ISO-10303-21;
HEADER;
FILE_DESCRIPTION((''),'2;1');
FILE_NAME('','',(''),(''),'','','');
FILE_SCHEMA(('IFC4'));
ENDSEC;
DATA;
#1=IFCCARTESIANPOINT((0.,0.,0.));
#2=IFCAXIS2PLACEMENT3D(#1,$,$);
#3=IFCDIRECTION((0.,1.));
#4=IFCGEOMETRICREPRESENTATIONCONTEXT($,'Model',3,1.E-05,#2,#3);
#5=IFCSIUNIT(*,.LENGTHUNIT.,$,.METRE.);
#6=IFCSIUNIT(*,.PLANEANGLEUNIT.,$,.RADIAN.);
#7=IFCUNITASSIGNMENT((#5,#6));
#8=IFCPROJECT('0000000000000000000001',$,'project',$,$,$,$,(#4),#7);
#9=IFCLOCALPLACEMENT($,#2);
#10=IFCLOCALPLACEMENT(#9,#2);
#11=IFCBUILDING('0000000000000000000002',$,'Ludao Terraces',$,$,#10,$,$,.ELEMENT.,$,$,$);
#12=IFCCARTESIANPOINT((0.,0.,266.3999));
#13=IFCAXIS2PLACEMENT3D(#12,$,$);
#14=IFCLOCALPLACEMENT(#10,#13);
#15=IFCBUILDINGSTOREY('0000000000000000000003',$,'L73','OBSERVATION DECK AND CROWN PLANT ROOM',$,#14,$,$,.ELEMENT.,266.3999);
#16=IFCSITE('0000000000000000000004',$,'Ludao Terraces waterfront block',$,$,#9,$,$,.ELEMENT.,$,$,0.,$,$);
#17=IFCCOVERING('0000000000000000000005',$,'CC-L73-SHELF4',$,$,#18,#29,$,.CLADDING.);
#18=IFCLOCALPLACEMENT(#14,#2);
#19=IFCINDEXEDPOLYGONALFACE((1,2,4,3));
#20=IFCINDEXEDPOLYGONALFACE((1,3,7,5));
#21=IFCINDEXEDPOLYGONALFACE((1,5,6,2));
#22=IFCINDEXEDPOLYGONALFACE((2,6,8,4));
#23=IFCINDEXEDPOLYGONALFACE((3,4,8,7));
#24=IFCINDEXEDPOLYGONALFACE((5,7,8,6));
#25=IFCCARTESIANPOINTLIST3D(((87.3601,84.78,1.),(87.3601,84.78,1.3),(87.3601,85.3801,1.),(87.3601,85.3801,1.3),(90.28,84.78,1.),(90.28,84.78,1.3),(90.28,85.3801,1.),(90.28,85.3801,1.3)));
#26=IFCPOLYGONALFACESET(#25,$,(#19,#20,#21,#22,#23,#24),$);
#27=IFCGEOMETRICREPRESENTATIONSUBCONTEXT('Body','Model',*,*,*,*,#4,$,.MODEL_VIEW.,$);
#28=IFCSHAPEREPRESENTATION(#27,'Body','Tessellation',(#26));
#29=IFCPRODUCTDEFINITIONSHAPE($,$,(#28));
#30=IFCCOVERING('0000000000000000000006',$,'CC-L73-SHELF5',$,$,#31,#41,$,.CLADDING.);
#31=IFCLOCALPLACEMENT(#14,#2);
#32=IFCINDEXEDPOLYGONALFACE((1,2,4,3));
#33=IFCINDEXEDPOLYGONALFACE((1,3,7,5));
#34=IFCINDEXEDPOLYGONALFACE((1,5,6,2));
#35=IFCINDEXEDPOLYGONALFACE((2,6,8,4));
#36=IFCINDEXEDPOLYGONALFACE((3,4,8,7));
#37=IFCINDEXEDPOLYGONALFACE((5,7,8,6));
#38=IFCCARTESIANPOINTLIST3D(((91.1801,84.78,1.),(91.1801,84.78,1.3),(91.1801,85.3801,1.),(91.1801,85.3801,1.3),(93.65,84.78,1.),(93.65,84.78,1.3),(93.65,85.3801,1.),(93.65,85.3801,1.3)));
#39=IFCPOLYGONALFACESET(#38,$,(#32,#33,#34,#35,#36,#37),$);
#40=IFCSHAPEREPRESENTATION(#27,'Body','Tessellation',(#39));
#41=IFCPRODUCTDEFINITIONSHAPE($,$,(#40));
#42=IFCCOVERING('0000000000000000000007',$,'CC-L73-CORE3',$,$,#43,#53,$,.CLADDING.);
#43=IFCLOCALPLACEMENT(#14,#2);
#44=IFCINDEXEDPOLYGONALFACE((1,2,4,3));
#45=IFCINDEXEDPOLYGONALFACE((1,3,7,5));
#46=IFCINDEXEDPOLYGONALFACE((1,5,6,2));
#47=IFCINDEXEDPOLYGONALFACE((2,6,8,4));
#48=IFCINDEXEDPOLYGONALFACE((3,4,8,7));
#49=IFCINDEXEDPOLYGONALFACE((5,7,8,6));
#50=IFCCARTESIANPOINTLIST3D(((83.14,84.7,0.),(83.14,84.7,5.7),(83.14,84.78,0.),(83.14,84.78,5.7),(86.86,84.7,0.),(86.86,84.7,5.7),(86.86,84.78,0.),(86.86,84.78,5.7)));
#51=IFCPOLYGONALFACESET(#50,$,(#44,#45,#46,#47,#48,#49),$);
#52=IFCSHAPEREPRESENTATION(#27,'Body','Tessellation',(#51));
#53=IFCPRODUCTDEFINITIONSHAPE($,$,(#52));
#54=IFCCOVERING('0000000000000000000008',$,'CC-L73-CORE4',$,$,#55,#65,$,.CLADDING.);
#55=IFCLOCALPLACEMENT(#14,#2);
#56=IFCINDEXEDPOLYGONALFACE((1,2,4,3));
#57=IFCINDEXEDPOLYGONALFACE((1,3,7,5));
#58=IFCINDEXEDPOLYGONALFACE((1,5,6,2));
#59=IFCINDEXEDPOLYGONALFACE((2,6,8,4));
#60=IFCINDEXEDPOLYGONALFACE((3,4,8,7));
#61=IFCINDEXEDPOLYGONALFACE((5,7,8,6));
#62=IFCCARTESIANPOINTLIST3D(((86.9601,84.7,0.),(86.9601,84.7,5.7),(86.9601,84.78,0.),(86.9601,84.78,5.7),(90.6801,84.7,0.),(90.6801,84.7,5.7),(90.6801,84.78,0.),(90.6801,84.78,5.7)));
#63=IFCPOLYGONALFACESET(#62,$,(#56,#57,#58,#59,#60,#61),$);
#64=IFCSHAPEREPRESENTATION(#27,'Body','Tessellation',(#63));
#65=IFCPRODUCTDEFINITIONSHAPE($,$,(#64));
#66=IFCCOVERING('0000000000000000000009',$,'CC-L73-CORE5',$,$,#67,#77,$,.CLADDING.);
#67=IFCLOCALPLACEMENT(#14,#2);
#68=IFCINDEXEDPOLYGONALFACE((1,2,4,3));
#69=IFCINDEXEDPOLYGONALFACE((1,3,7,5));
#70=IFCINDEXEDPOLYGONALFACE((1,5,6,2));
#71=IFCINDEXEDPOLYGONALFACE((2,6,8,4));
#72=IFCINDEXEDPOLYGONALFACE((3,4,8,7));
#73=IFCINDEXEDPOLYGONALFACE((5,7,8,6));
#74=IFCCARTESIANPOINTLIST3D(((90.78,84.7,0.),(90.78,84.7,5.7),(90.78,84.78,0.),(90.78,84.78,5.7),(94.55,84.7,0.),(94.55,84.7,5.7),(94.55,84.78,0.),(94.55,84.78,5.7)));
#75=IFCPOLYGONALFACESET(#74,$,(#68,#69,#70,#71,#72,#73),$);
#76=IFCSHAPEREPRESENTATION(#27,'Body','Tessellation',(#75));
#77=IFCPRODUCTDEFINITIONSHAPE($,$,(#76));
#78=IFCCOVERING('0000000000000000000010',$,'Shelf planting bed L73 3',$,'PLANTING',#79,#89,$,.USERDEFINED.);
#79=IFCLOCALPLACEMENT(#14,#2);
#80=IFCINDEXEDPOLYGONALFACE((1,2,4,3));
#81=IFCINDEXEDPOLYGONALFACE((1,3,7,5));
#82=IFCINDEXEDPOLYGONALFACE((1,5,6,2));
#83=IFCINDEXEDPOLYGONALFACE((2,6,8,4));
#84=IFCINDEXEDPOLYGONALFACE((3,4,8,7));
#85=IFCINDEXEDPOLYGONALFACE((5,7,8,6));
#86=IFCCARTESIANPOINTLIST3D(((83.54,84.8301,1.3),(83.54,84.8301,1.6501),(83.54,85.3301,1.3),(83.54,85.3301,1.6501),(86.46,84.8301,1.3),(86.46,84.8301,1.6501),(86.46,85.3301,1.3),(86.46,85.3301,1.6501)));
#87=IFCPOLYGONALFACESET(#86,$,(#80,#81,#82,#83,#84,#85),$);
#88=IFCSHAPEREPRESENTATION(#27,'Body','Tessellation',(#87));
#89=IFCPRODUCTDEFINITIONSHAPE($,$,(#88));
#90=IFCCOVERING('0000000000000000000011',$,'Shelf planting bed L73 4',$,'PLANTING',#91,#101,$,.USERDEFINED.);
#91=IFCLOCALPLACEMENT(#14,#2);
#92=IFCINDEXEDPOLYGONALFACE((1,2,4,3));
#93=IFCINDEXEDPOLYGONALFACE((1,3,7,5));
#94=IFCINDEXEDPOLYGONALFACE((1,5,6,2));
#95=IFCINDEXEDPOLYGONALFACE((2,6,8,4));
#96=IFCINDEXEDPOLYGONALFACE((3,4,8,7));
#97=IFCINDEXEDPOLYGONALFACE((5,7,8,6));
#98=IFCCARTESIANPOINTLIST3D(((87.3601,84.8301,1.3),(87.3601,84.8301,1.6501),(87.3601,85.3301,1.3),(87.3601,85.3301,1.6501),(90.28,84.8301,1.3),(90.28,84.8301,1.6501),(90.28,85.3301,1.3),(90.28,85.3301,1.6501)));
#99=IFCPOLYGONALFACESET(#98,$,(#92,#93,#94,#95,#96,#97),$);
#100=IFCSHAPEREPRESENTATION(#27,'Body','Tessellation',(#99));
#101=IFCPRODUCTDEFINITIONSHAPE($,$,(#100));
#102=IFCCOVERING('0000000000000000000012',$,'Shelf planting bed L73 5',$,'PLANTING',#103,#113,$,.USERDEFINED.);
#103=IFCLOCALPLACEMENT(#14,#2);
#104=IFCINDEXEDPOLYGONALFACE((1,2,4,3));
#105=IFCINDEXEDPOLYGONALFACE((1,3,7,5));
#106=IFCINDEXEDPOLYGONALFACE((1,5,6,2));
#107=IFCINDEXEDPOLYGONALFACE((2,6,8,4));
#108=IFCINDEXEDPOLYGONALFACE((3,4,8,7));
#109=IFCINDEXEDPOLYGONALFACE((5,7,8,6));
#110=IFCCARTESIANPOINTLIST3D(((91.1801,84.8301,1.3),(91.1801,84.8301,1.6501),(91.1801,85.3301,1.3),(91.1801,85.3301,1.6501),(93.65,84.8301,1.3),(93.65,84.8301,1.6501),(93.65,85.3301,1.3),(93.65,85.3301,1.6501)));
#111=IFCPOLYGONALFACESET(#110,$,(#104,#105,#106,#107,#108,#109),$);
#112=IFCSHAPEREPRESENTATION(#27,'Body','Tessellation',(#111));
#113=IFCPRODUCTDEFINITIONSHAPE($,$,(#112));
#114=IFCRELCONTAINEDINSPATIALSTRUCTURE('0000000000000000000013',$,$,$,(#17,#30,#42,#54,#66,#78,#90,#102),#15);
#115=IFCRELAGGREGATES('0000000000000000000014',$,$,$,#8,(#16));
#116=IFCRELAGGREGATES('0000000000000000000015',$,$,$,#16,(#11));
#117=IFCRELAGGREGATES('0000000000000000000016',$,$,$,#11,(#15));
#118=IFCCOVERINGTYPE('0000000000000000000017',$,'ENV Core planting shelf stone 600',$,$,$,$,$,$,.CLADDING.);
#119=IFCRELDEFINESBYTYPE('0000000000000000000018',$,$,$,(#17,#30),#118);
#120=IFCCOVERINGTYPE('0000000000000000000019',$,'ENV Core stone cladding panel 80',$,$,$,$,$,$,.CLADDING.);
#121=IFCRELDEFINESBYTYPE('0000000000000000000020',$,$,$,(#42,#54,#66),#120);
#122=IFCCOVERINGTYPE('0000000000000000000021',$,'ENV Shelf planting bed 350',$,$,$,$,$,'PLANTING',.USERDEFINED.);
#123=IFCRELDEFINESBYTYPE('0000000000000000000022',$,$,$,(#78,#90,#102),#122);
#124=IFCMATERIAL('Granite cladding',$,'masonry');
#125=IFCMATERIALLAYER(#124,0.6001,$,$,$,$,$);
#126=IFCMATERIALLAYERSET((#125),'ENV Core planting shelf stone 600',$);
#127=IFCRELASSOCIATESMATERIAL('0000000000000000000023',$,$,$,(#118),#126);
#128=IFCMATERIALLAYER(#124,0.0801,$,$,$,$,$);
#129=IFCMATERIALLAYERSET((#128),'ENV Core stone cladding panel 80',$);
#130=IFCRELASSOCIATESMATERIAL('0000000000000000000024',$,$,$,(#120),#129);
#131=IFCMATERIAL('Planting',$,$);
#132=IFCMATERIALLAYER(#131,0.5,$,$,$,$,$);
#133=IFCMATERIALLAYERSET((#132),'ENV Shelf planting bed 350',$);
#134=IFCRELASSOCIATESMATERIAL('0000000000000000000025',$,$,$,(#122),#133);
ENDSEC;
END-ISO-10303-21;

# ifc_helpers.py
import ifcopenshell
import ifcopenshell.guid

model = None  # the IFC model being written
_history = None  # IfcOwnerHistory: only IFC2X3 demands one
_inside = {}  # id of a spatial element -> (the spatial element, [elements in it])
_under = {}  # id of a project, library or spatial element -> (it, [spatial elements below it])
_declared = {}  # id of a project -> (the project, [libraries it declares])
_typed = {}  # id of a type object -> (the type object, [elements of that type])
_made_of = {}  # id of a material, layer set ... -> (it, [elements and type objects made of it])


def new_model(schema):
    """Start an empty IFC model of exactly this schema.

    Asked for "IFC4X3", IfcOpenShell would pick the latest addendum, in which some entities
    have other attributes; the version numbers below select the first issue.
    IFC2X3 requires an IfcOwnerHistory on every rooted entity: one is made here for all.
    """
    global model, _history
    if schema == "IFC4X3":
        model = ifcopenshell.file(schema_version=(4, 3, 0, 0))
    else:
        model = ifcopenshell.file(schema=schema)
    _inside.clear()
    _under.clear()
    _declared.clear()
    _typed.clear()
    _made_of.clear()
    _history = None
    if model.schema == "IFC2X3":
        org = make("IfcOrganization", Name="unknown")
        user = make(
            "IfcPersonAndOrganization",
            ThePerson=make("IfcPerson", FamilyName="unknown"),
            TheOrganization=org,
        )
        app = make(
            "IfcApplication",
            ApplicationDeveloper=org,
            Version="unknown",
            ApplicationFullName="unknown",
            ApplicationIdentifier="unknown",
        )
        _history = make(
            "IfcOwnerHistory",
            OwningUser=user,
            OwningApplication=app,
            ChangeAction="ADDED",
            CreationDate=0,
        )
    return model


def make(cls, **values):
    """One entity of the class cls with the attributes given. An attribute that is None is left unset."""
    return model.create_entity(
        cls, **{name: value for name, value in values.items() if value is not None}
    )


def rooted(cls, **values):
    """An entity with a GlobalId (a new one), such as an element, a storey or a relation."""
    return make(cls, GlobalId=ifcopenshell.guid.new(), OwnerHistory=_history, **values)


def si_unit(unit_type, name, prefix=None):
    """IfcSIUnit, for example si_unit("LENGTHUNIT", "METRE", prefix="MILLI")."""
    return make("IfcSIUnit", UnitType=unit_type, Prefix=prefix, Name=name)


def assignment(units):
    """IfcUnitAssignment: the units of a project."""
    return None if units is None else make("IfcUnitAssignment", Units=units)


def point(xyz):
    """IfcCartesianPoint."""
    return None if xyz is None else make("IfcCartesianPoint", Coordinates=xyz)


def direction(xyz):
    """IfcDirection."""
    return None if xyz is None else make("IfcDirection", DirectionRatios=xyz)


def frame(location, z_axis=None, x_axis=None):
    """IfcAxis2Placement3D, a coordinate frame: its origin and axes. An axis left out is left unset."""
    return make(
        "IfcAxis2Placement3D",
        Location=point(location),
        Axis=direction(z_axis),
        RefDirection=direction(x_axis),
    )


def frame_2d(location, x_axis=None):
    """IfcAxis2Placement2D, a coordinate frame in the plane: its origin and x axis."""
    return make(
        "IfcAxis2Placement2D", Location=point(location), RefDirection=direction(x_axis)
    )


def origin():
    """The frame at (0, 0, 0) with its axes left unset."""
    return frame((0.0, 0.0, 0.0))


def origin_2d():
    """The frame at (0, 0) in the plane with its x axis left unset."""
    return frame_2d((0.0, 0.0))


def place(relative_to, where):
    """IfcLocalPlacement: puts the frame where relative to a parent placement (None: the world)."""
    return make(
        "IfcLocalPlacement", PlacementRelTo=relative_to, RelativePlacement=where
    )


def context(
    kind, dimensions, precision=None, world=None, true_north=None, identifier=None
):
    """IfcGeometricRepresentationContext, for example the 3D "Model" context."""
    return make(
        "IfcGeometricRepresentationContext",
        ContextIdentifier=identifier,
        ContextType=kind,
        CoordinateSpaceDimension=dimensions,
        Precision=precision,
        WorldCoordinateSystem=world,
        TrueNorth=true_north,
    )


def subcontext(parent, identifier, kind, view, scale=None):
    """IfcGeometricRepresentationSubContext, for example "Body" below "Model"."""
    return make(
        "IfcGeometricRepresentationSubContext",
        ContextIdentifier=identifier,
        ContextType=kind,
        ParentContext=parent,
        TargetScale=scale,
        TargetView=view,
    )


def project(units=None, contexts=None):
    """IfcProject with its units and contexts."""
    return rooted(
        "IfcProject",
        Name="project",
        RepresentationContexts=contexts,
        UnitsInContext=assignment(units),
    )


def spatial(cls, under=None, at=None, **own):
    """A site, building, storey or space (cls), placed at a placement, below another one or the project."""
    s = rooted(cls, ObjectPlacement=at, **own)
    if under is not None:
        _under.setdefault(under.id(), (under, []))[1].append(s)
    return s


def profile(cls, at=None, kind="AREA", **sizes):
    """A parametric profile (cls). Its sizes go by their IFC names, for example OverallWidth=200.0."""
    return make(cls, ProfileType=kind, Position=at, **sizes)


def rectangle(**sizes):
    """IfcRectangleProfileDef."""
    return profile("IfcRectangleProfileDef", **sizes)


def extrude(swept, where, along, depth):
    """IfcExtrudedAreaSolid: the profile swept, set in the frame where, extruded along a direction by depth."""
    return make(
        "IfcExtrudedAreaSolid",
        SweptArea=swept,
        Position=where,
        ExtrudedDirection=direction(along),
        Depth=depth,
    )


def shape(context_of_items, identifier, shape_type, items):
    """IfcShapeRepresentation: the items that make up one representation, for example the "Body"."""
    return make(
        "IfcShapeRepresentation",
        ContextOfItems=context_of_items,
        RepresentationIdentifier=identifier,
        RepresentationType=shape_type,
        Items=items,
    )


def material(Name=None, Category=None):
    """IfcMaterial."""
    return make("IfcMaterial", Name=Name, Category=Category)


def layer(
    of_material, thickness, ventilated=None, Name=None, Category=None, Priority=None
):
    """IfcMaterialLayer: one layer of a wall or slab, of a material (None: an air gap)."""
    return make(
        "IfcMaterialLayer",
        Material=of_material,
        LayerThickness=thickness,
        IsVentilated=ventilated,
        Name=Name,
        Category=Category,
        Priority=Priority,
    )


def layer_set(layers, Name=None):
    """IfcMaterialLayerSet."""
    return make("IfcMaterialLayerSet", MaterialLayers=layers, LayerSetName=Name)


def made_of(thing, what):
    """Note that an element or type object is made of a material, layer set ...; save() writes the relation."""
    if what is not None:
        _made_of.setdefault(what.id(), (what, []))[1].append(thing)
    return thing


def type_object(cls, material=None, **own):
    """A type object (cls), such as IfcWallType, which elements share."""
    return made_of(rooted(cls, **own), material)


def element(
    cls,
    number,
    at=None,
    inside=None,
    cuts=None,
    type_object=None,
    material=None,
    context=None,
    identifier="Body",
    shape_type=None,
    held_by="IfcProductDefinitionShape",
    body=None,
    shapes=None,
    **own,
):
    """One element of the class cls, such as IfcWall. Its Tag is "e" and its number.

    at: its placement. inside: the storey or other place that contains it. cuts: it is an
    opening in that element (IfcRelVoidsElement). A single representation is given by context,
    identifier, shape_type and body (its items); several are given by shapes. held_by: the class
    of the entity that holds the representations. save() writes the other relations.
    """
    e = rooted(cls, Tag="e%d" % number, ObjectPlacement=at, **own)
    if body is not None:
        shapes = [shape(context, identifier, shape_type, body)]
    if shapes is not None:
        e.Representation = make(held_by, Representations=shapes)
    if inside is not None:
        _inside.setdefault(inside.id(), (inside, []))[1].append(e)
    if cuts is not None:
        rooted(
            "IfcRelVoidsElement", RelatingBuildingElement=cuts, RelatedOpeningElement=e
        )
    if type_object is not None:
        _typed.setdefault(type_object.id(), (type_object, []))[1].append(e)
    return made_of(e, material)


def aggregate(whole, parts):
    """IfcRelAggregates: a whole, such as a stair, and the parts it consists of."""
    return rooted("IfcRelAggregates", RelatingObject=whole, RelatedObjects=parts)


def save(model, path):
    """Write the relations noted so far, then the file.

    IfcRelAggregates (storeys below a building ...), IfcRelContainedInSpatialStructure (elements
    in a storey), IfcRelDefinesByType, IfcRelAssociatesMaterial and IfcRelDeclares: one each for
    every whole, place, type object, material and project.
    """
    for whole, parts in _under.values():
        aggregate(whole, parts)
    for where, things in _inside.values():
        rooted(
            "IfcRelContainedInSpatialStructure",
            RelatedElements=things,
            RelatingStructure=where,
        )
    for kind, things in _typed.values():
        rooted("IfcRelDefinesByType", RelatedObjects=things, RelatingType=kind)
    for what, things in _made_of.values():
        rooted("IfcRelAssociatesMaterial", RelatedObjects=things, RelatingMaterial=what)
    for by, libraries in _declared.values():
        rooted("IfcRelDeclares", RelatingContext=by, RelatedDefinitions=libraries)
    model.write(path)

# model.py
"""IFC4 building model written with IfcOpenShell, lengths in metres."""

from ifc_helpers import new_model, si_unit, direction, frame, origin, origin_2d, place, context, subcontext, project, spatial, rectangle, extrude, material, layer, layer_set, type_object, element, save


model = new_model("IFC4")

# Units and contexts
model_context = context("Model", 3, precision=1e-05, world=origin(), true_north=direction((0.0, 1.0)))
body_context = subcontext(model_context, "Body", "Model", "MODEL_VIEW")
ifc_project = project(units=[si_unit("LENGTHUNIT", "METRE"), si_unit("PLANEANGLEUNIT", "RADIAN")], contexts=[model_context])

# Site, building, storey
site_placement = place(None, origin())
site = spatial("IfcSite", under=ifc_project, at=site_placement, Name="Ludao Terraces waterfront block", CompositionType="ELEMENT", RefElevation=0.0)
building_placement = place(site_placement, origin())
building = spatial("IfcBuilding", under=site, at=building_placement, Name="Ludao Terraces", CompositionType="ELEMENT")
storey_placement = place(building_placement, frame((0.0, 0.0, 266.3999)))
storey = spatial("IfcBuildingStorey", under=building, at=storey_placement, Name="L73", Description="OBSERVATION DECK AND CROWN PLANT ROOM", CompositionType="ELEMENT", Elevation=266.3999)

# Coverings
ifc_material_1 = material(Name="Granite cladding", Category="masonry")
ifc_layer_1 = layer(ifc_material_1, 0.6001)
ifc_layer_set_1 = layer_set([ifc_layer_1], Name="ENV Core planting shelf stone 600")
covering_type_1 = type_object("IfcCoveringType", Name="ENV Core planting shelf stone 600", PredefinedType="CLADDING", material=ifc_layer_set_1)
for number, where, z_axis, x_axis, name in (
    (1, (88.8201, 85.0801, 1.0), (0.0, 0.0, 1.0), (1.0, 0.0, 0.0), "CC-L73-SHELF4"),
):
    element("IfcCovering", number, at=place(storey_placement, frame(where, z_axis=z_axis, x_axis=x_axis)), inside=storey, type_object=covering_type_1, Name=name, PredefinedType="CLADDING", context=body_context, shape_type="SweptSolid", body=[
        extrude(rectangle(XDim=2.9199, YDim=0.6001, at=origin_2d()), origin(), (0.0, 0.0, 1.0), 0.3),
    ])
covering_1_placement = place(storey_placement, frame((92.415, 85.0801, 1.0), z_axis=(0.0, 0.0, 1.0), x_axis=(1.0, 0.0, 0.0)))
element("IfcCovering", 2, at=covering_1_placement, inside=storey, type_object=covering_type_1, Name="CC-L73-SHELF5", PredefinedType="CLADDING", context=body_context, shape_type="SweptSolid", body=[
    extrude(rectangle(XDim=2.47, YDim=0.6001, at=origin_2d()), origin(), (0.0, 0.0, 1.0), 0.3),
])
ifc_layer_2 = layer(ifc_material_1, 0.0801)
ifc_layer_set_2 = layer_set([ifc_layer_2], Name="ENV Core stone cladding panel 80")
covering_type_2 = type_object("IfcCoveringType", Name="ENV Core stone cladding panel 80", PredefinedType="CLADDING", material=ifc_layer_set_2)
for number, where, z_axis, x_axis, name in (
    (3, (85.0, 84.74, 0.0), (0.0, 0.0, 1.0), (1.0, 0.0, 0.0), "CC-L73-CORE3"),
    (4, (88.8201, 84.74, 0.0), (0.0, 0.0, 1.0), (1.0, 0.0, 0.0), "CC-L73-CORE4"),
):
    element("IfcCovering", number, at=place(storey_placement, frame(where, z_axis=z_axis, x_axis=x_axis)), inside=storey, type_object=covering_type_2, Name=name, PredefinedType="CLADDING", context=body_context, shape_type="SweptSolid", body=[
        extrude(rectangle(XDim=3.72, YDim=0.0801, at=origin_2d()), origin(), (0.0, 0.0, 1.0), 5.7),
    ])
covering_2_placement = place(storey_placement, frame((92.665, 84.74, 0.0), z_axis=(0.0, 0.0, 1.0), x_axis=(1.0, 0.0, 0.0)))
element("IfcCovering", 5, at=covering_2_placement, inside=storey, type_object=covering_type_2, Name="CC-L73-CORE5", PredefinedType="CLADDING", context=body_context, shape_type="SweptSolid", body=[
    extrude(rectangle(XDim=3.77, YDim=0.0801, at=origin_2d()), origin(), (0.0, 0.0, 1.0), 5.7),
])

# Coverings
ifc_material_2 = material(Name="Planting")
ifc_layer_3 = layer(ifc_material_2, 0.5)
ifc_layer_set_3 = layer_set([ifc_layer_3], Name="ENV Shelf planting bed 350")
covering_type_3 = type_object("IfcCoveringType", Name="ENV Shelf planting bed 350", ElementType="PLANTING", PredefinedType="USERDEFINED", material=ifc_layer_set_3)
for number, where, z_axis, x_axis, name in (
    (6, (85.0, 85.0801, 1.3), (0.0, 0.0, 1.0), (1.0, 0.0, 0.0), "Shelf planting bed L73 3"),
    (7, (88.8201, 85.0801, 1.3), (0.0, 0.0, 1.0), (1.0, 0.0, 0.0), "Shelf planting bed L73 4"),
):
    element("IfcCovering", number, at=place(storey_placement, frame(where, z_axis=z_axis, x_axis=x_axis)), inside=storey, type_object=covering_type_3, Name=name, ObjectType="PLANTING", PredefinedType="USERDEFINED", context=body_context, shape_type="SweptSolid", body=[
        extrude(rectangle(XDim=2.9199, YDim=0.5, at=origin_2d()), origin(), (0.0, 0.0, 1.0), 0.3501),
    ])
covering_3_placement = place(storey_placement, frame((92.415, 85.0801, 1.3), z_axis=(0.0, 0.0, 1.0), x_axis=(1.0, 0.0, 0.0)))
element("IfcCovering", 8, at=covering_3_placement, inside=storey, type_object=covering_type_3, Name="Shelf planting bed L73 5", ObjectType="PLANTING", PredefinedType="USERDEFINED", context=body_context, shape_type="SweptSolid", body=[
    extrude(rectangle(XDim=2.47, YDim=0.5, at=origin_2d()), origin(), (0.0, 0.0, 1.0), 0.3501),
])

save(model, "model.ifc")
